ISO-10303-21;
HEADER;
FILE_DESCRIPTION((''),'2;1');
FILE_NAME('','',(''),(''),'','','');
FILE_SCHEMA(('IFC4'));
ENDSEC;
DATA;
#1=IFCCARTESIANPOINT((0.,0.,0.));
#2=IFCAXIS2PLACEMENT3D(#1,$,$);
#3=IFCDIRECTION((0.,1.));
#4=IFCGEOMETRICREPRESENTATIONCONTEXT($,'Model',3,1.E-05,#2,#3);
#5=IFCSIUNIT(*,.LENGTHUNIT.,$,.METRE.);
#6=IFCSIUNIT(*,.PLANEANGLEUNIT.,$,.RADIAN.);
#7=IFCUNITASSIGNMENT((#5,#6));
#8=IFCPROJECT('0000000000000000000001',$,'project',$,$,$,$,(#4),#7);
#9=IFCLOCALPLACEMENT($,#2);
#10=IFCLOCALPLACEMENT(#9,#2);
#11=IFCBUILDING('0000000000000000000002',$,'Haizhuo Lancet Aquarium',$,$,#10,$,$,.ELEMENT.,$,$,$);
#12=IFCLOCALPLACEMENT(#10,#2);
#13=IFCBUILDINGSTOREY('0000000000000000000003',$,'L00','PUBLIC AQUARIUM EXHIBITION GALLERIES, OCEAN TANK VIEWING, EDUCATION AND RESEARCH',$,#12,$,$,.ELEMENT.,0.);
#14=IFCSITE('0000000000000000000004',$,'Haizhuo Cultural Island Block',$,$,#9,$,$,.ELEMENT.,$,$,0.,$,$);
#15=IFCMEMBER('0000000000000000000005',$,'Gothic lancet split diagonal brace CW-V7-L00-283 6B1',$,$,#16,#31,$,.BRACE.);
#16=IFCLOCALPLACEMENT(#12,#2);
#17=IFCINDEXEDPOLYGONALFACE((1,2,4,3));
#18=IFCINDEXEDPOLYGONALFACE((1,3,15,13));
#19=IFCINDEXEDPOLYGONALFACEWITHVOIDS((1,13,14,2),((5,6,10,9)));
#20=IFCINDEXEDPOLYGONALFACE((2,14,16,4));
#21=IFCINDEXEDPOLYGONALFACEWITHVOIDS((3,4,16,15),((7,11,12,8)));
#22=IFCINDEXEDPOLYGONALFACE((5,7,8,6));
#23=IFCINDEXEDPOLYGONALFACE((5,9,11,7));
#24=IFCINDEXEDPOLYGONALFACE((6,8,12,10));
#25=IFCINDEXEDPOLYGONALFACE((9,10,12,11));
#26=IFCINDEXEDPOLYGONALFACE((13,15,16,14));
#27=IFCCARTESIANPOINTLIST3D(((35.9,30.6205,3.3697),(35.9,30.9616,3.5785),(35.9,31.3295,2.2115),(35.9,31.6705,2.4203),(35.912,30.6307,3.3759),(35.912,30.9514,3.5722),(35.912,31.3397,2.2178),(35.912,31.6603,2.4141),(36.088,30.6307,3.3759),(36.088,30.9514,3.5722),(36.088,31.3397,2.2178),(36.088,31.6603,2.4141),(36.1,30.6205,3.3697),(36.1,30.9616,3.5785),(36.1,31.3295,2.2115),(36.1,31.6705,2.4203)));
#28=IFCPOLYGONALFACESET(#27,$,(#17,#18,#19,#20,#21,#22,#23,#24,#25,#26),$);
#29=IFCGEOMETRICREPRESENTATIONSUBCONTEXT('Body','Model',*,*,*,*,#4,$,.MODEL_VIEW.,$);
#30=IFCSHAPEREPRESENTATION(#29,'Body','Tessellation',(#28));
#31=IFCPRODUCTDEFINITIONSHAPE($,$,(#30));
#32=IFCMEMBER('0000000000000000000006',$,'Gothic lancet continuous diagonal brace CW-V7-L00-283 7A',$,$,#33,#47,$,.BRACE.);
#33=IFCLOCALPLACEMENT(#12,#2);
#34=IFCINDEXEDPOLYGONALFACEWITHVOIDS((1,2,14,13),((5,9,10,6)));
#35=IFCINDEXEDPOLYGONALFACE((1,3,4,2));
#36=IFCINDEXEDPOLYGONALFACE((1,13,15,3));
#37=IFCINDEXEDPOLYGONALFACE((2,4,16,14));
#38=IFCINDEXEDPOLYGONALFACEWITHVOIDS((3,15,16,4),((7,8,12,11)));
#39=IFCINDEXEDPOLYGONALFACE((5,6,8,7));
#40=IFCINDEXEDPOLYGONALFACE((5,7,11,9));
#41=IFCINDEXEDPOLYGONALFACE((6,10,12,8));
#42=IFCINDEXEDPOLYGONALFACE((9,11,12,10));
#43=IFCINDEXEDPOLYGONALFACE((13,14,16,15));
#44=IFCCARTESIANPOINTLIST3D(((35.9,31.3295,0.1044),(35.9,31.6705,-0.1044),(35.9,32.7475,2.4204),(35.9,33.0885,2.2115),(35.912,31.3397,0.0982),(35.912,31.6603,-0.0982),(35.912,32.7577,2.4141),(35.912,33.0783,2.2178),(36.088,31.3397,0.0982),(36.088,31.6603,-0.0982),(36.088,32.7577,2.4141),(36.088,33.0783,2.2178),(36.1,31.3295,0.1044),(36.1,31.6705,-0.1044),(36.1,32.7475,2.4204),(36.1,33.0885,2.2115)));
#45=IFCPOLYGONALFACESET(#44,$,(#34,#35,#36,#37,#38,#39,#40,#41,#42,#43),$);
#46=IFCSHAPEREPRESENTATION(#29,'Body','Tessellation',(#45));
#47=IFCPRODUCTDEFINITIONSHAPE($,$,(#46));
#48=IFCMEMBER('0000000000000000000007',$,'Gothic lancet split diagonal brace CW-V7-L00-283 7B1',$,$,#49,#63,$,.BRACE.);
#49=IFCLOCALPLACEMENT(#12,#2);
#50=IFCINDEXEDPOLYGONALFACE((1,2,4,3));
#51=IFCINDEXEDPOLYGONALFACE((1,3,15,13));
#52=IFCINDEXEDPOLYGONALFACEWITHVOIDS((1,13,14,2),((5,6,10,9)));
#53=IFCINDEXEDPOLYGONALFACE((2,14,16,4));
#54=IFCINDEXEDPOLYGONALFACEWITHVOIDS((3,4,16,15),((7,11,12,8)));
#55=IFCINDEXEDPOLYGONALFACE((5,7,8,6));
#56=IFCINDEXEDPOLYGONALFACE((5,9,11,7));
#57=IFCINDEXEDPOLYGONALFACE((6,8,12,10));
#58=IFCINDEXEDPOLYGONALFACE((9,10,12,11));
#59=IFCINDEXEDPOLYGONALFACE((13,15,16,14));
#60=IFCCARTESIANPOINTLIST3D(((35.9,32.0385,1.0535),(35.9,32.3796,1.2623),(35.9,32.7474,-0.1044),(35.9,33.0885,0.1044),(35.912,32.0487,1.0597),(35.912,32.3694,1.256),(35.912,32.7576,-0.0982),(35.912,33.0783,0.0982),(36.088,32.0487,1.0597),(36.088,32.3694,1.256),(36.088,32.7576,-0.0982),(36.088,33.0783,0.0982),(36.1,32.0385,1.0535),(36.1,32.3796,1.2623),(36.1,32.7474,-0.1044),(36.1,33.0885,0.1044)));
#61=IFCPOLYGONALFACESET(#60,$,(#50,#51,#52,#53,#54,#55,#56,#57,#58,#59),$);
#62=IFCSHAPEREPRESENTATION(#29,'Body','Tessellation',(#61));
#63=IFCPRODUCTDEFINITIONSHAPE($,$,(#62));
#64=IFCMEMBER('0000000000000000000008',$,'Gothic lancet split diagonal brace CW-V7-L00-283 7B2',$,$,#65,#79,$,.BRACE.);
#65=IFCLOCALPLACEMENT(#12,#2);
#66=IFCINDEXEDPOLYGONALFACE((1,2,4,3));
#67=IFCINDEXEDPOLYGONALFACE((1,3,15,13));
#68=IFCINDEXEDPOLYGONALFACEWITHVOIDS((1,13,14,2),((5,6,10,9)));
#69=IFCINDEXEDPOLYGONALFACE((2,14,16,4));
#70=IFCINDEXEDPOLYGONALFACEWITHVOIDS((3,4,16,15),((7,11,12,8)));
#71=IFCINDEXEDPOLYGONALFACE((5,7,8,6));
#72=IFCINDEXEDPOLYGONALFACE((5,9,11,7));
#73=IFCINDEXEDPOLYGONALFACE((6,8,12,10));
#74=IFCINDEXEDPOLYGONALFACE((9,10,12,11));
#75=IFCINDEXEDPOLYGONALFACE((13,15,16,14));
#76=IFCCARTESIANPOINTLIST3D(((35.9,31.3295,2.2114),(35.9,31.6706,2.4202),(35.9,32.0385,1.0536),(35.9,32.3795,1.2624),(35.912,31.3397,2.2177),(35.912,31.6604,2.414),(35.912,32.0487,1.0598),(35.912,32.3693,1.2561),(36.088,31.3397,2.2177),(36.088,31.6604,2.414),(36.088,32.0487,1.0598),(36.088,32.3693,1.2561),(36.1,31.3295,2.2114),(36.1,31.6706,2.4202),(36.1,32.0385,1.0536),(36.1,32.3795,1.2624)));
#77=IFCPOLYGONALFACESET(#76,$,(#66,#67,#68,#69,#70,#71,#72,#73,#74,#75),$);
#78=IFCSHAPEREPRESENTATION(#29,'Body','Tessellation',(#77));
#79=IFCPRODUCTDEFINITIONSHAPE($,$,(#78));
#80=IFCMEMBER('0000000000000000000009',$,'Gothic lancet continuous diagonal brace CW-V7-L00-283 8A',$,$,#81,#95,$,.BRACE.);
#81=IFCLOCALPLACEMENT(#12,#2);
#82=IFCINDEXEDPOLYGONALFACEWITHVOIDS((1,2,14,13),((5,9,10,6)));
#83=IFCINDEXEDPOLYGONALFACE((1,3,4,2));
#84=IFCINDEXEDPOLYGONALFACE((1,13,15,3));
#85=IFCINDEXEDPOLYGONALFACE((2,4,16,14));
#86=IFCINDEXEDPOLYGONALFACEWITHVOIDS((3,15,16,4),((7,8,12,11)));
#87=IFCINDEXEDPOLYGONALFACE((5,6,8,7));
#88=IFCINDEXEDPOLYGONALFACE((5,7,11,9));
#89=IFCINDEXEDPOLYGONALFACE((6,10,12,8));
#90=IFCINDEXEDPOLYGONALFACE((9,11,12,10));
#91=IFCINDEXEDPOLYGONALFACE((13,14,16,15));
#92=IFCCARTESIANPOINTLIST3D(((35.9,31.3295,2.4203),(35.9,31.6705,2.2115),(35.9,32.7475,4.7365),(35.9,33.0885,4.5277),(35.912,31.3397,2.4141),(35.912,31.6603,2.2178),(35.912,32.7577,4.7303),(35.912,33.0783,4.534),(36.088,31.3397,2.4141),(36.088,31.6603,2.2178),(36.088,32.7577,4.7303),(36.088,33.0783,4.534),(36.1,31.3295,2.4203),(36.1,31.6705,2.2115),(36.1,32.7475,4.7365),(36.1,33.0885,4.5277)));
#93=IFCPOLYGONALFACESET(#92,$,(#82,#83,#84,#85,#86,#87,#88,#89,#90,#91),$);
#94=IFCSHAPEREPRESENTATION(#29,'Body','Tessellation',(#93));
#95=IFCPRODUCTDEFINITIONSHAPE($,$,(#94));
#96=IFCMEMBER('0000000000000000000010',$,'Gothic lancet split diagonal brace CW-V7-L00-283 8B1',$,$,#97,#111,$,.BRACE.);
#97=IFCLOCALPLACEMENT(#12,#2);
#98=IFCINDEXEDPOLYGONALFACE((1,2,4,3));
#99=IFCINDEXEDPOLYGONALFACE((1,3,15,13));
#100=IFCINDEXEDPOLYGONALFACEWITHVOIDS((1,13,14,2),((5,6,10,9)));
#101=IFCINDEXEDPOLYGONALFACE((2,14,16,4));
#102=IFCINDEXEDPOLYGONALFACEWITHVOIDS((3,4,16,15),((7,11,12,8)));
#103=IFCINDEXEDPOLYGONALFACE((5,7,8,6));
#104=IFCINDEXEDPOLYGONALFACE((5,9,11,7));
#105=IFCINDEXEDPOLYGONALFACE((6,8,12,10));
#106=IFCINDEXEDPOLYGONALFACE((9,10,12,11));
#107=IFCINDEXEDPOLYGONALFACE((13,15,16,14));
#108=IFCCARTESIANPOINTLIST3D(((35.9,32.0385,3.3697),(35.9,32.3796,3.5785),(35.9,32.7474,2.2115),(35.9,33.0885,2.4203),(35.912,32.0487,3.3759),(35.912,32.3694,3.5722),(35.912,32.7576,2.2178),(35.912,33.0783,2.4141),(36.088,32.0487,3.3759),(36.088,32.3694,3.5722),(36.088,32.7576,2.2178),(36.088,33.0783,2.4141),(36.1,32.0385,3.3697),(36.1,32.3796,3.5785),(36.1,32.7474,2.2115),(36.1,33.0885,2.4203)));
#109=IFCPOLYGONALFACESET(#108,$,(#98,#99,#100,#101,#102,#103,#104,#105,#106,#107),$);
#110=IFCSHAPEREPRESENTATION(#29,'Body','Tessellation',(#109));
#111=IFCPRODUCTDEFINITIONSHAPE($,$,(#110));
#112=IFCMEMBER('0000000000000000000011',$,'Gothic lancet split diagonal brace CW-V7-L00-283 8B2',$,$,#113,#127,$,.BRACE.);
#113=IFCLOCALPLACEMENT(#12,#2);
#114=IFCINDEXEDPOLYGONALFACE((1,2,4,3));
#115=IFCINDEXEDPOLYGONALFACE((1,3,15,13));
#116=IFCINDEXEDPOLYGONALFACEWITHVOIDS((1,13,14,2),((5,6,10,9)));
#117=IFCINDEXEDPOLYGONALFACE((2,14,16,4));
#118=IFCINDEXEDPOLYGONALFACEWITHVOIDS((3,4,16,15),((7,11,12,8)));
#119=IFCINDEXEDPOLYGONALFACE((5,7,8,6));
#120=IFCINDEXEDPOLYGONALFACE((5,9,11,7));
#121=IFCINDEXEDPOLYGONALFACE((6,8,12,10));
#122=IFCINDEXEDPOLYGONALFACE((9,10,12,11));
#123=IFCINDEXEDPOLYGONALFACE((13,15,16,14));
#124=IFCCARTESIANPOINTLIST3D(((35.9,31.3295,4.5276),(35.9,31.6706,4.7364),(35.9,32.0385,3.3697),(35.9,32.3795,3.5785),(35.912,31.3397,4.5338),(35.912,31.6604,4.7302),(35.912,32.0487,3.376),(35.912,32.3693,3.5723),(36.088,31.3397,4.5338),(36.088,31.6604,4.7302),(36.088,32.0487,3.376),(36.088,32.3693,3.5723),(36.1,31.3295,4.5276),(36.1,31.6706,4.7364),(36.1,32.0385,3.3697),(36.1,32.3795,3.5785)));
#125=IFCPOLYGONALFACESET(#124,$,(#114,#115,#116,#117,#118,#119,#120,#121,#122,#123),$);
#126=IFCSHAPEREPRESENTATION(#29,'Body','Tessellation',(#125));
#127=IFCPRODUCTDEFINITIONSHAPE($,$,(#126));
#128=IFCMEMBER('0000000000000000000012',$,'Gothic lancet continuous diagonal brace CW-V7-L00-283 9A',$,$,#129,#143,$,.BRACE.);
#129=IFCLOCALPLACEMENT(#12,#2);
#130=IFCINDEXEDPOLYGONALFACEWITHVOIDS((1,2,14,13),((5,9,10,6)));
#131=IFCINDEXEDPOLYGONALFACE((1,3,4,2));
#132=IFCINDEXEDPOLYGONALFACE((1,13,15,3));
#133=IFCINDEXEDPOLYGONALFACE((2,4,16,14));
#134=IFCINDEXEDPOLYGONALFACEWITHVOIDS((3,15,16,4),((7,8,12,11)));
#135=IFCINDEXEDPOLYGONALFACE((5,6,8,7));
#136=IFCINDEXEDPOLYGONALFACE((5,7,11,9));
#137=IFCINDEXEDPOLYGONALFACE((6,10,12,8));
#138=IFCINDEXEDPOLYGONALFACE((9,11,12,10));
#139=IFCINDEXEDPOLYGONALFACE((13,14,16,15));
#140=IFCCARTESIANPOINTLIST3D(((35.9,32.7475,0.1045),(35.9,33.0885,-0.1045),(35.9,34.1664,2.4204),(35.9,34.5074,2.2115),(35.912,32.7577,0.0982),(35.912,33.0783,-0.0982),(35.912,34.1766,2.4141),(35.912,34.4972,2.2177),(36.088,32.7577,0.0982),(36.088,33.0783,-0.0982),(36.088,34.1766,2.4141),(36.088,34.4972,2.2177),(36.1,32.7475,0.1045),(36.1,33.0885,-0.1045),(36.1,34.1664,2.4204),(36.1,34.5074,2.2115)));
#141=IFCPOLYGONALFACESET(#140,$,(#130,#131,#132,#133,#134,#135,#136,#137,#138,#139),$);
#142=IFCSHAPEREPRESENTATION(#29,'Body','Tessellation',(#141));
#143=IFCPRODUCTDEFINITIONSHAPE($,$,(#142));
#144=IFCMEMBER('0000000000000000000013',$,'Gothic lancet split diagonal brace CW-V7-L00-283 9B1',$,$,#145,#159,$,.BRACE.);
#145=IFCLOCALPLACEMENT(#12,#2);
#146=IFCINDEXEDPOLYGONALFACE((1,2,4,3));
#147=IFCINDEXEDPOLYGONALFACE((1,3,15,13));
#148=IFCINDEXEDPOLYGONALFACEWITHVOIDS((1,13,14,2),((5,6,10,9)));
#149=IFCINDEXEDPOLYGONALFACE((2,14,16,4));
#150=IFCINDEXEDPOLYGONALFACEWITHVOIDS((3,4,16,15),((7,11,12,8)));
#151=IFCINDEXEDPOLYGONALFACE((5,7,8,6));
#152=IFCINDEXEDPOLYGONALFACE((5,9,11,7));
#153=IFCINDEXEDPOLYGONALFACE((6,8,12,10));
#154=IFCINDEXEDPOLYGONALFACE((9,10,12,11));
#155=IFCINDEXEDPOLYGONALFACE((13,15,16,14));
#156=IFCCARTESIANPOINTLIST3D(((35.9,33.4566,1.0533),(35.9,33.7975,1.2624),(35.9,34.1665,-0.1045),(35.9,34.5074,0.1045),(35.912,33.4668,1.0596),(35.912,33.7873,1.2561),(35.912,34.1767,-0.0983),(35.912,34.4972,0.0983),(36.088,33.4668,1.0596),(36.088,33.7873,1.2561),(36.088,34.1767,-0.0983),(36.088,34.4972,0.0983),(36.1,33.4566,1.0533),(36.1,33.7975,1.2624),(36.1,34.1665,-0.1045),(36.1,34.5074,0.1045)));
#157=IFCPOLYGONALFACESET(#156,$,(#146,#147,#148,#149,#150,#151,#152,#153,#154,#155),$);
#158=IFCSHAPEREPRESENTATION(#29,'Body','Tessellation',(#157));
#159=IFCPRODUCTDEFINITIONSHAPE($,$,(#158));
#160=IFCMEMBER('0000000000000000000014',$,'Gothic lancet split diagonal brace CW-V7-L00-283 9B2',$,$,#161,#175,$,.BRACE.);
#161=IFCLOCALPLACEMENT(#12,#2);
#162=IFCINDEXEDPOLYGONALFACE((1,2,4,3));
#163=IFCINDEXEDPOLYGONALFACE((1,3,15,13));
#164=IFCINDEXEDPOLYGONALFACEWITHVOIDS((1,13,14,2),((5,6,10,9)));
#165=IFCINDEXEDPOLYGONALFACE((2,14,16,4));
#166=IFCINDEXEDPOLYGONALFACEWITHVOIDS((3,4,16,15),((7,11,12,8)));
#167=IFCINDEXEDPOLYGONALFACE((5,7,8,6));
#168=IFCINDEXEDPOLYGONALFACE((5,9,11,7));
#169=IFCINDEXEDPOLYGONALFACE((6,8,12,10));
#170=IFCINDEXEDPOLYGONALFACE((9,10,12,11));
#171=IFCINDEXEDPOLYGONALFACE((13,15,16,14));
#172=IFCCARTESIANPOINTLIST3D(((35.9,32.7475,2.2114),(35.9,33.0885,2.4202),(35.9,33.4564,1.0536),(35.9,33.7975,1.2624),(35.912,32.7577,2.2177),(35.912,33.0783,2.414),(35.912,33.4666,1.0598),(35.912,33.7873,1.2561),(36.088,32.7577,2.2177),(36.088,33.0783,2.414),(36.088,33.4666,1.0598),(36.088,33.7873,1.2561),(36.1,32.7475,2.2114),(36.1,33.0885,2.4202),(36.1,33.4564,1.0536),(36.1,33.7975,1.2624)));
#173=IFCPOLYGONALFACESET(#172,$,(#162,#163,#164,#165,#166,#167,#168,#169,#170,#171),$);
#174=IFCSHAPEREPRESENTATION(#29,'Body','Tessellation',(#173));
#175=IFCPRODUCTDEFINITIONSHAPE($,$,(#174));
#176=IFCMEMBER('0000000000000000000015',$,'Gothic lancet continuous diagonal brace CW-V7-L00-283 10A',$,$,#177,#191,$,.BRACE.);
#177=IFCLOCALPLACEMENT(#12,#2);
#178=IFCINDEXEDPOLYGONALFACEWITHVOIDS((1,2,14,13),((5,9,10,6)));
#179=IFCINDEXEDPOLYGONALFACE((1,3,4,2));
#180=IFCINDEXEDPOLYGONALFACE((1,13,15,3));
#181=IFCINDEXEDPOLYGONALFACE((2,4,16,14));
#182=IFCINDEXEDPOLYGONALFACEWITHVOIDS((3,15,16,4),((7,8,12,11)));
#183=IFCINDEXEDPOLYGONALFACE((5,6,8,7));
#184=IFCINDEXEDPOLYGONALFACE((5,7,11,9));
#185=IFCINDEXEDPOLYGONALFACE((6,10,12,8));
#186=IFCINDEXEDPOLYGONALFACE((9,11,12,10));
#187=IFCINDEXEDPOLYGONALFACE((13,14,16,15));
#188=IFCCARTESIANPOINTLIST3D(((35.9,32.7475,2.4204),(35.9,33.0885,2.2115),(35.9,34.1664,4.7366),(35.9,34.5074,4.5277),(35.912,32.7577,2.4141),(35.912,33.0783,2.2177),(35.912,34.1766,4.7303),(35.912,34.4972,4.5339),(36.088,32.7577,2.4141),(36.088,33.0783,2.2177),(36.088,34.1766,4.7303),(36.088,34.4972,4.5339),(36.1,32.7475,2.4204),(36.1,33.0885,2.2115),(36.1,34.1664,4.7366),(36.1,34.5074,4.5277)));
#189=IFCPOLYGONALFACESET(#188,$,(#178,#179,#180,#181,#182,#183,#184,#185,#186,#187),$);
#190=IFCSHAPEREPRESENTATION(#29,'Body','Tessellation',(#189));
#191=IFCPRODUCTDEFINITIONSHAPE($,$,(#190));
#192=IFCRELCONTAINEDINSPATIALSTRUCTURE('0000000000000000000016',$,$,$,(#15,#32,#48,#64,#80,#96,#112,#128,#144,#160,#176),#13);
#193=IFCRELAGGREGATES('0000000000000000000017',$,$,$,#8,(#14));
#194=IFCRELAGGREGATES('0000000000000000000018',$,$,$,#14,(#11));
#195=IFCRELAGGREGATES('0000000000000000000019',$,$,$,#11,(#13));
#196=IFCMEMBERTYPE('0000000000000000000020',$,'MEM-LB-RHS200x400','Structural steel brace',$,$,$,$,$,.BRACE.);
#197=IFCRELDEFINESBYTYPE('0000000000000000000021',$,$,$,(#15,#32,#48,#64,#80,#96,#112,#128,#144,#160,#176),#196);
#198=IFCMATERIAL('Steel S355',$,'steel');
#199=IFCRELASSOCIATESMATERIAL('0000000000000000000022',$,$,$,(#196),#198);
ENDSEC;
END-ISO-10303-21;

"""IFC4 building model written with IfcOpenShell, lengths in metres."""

from ifc_helpers import new_model, si_unit, direction, frame, origin, origin_2d, place, context, subcontext, project, spatial, hollow_rectangle, extrude, material, material_profile, profile_set, type_object, element, save


model = new_model("IFC4")

# Units and contexts
model_context = context("Model", 3, precision=1e-05, world=origin(), true_north=direction((0.0, 1.0)))
body_context = subcontext(model_context, "Body", "Model", "MODEL_VIEW")
ifc_project = project(units=[si_unit("LENGTHUNIT", "METRE"), si_unit("PLANEANGLEUNIT", "RADIAN")], contexts=[model_context])

# Site, building, storey
site_placement = place(None, origin())
site = spatial("IfcSite", under=ifc_project, at=site_placement, Name="Haizhuo Cultural Island Block", CompositionType="ELEMENT", RefElevation=0.0)
building_placement = place(site_placement, origin())
building = spatial("IfcBuilding", under=site, at=building_placement, Name="Haizhuo Lancet Aquarium", CompositionType="ELEMENT")
storey_placement = place(building_placement, origin())
storey = spatial("IfcBuildingStorey", under=building, at=storey_placement, Name="L00", Description="PUBLIC AQUARIUM EXHIBITION GALLERIES, OCEAN TANK VIEWING, EDUCATION AND RESEARCH", CompositionType="ELEMENT", Elevation=0.0)

# Members
ifc_material_1 = material(Name="Steel S355", Category="steel")
ifc_material_profile_1 = material_profile(ifc_material_1, hollow_rectangle(XDim=0.2, YDim=0.3999, WallThickness=0.012, at=origin_2d()), Name="RHS 200x400x12")
ifc_profile_set_1 = profile_set([ifc_material_profile_1], Name="Steel S355")
member_type_1 = type_object("IfcMemberType", Name="MEM-LB-RHS200x400", Description="Structural steel brace", PredefinedType="BRACE", material=ifc_profile_set_1)
member_1_placement = place(storey_placement, frame((36.0, 31.5, 2.3159), z_axis=(0.0, -0.52209, 0.852891), x_axis=(1.0, 0.0, 0.0)))
element("IfcMember", 1, at=member_1_placement, inside=storey, type_object=member_type_1, Name="Gothic lancet split diagonal brace CW-V7-L00-283 6B1", PredefinedType="BRACE", context=body_context, shape_type="SweptSolid", body=[
    extrude(hollow_rectangle(XDim=0.2, YDim=0.3999, WallThickness=0.012, at=origin_2d()), origin(), (0.0, 0.0, 1.0), 1.3579),
])
member_2_placement = place(storey_placement, frame((36.0, 31.5, 0.0), z_axis=(0.0, 0.52217, 0.852841), x_axis=(-1.0, 0.0, 0.0)))
element("IfcMember", 2, at=member_2_placement, inside=storey, type_object=member_type_1, Name="Gothic lancet continuous diagonal brace CW-V7-L00-283 7A", PredefinedType="BRACE", context=body_context, shape_type="SweptSolid", body=[
    extrude(hollow_rectangle(XDim=0.2, YDim=0.3999, WallThickness=0.012, at=origin_2d()), origin(), (0.0, 0.0, 1.0), 2.7156),
])
for number, where, z_axis, x_axis, name in (
    (3, (36.0, 32.918, 0.0), (0.0, -0.52217, 0.852841), (1.0, 0.0, 0.0), "Gothic lancet split diagonal brace CW-V7-L00-283 7B1"),
    (4, (36.0, 32.209, 1.158), (0.0, -0.52217, 0.852841), (1.0, 0.0, 0.0), "Gothic lancet split diagonal brace CW-V7-L00-283 7B2"),
):
    element("IfcMember", number, at=place(storey_placement, frame(where, z_axis=z_axis, x_axis=x_axis)), inside=storey, type_object=member_type_1, Name=name, PredefinedType="BRACE", context=body_context, shape_type="SweptSolid", body=[
        extrude(hollow_rectangle(XDim=0.2, YDim=0.3999, WallThickness=0.012, at=origin_2d()), origin(), (0.0, 0.0, 1.0), 1.3577),
    ])
member_3_placement = place(storey_placement, frame((36.0, 31.5, 2.3159), z_axis=(0.0, 0.52213, 0.852866), x_axis=(-1.0, 0.0, 0.0)))
element("IfcMember", 5, at=member_3_placement, inside=storey, type_object=member_type_1, Name="Gothic lancet continuous diagonal brace CW-V7-L00-283 8A", PredefinedType="BRACE", context=body_context, shape_type="SweptSolid", body=[
    extrude(hollow_rectangle(XDim=0.2, YDim=0.3999, WallThickness=0.012, at=origin_2d()), origin(), (0.0, 0.0, 1.0), 2.7158),
])
member_4_placement = place(storey_placement, frame((36.0, 32.918, 2.3159), z_axis=(0.0, -0.52209, 0.852891), x_axis=(1.0, 0.0, 0.0)))
element("IfcMember", 6, at=member_4_placement, inside=storey, type_object=member_type_1, Name="Gothic lancet split diagonal brace CW-V7-L00-283 8B1", PredefinedType="BRACE", context=body_context, shape_type="SweptSolid", body=[
    extrude(hollow_rectangle(XDim=0.2, YDim=0.3999, WallThickness=0.012, at=origin_2d()), origin(), (0.0, 0.0, 1.0), 1.3579),
])
member_5_placement = place(storey_placement, frame((36.0, 32.209, 3.4741), z_axis=(0.0, -0.52217, 0.852841), x_axis=(1.0, 0.0, 0.0)))
element("IfcMember", 7, at=member_5_placement, inside=storey, type_object=member_type_1, Name="Gothic lancet split diagonal brace CW-V7-L00-283 8B2", PredefinedType="BRACE", context=body_context, shape_type="SweptSolid", body=[
    extrude(hollow_rectangle(XDim=0.2, YDim=0.3999, WallThickness=0.012, at=origin_2d()), origin(), (0.0, 0.0, 1.0), 1.3577),
])
member_6_placement = place(storey_placement, frame((36.0, 32.918, 0.0), z_axis=(0.0, 0.522431, 0.852681), x_axis=(-1.0, 0.0, 0.0)))
element("IfcMember", 8, at=member_6_placement, inside=storey, type_object=member_type_1, Name="Gothic lancet continuous diagonal brace CW-V7-L00-283 9A", PredefinedType="BRACE", context=body_context, shape_type="SweptSolid", body=[
    extrude(hollow_rectangle(XDim=0.2, YDim=0.3999, WallThickness=0.012, at=origin_2d()), origin(), (0.0, 0.0, 1.0), 2.7161),
])
member_7_placement = place(storey_placement, frame((36.0, 34.3369, 0.0), z_axis=(0.0, -0.522693, 0.852521), x_axis=(1.0, 0.0, 0.0)))
element("IfcMember", 9, at=member_7_placement, inside=storey, type_object=member_type_1, Name="Gothic lancet split diagonal brace CW-V7-L00-283 9B1", PredefinedType="BRACE", context=body_context, shape_type="SweptSolid", body=[
    extrude(hollow_rectangle(XDim=0.2, YDim=0.3999, WallThickness=0.012, at=origin_2d()), origin(), (0.0, 0.0, 1.0), 1.3582),
])
member_8_placement = place(storey_placement, frame((36.0, 33.627, 1.158), z_axis=(0.0, -0.52217, 0.852841), x_axis=(1.0, 0.0, 0.0)))
element("IfcMember", 10, at=member_8_placement, inside=storey, type_object=member_type_1, Name="Gothic lancet split diagonal brace CW-V7-L00-283 9B2", PredefinedType="BRACE", context=body_context, shape_type="SweptSolid", body=[
    extrude(hollow_rectangle(XDim=0.2, YDim=0.3999, WallThickness=0.012, at=origin_2d()), origin(), (0.0, 0.0, 1.0), 1.3577),
])
member_9_placement = place(storey_placement, frame((36.0, 32.918, 2.3159), z_axis=(0.0, 0.522391, 0.852706), x_axis=(-1.0, 0.0, 0.0)))
element("IfcMember", 11, at=member_9_placement, inside=storey, type_object=member_type_1, Name="Gothic lancet continuous diagonal brace CW-V7-L00-283 10A", PredefinedType="BRACE", context=body_context, shape_type="SweptSolid", body=[
    extrude(hollow_rectangle(XDim=0.2, YDim=0.3999, WallThickness=0.012, at=origin_2d()), origin(), (0.0, 0.0, 1.0), 2.7163),
])

save(model, "model.ifc")
